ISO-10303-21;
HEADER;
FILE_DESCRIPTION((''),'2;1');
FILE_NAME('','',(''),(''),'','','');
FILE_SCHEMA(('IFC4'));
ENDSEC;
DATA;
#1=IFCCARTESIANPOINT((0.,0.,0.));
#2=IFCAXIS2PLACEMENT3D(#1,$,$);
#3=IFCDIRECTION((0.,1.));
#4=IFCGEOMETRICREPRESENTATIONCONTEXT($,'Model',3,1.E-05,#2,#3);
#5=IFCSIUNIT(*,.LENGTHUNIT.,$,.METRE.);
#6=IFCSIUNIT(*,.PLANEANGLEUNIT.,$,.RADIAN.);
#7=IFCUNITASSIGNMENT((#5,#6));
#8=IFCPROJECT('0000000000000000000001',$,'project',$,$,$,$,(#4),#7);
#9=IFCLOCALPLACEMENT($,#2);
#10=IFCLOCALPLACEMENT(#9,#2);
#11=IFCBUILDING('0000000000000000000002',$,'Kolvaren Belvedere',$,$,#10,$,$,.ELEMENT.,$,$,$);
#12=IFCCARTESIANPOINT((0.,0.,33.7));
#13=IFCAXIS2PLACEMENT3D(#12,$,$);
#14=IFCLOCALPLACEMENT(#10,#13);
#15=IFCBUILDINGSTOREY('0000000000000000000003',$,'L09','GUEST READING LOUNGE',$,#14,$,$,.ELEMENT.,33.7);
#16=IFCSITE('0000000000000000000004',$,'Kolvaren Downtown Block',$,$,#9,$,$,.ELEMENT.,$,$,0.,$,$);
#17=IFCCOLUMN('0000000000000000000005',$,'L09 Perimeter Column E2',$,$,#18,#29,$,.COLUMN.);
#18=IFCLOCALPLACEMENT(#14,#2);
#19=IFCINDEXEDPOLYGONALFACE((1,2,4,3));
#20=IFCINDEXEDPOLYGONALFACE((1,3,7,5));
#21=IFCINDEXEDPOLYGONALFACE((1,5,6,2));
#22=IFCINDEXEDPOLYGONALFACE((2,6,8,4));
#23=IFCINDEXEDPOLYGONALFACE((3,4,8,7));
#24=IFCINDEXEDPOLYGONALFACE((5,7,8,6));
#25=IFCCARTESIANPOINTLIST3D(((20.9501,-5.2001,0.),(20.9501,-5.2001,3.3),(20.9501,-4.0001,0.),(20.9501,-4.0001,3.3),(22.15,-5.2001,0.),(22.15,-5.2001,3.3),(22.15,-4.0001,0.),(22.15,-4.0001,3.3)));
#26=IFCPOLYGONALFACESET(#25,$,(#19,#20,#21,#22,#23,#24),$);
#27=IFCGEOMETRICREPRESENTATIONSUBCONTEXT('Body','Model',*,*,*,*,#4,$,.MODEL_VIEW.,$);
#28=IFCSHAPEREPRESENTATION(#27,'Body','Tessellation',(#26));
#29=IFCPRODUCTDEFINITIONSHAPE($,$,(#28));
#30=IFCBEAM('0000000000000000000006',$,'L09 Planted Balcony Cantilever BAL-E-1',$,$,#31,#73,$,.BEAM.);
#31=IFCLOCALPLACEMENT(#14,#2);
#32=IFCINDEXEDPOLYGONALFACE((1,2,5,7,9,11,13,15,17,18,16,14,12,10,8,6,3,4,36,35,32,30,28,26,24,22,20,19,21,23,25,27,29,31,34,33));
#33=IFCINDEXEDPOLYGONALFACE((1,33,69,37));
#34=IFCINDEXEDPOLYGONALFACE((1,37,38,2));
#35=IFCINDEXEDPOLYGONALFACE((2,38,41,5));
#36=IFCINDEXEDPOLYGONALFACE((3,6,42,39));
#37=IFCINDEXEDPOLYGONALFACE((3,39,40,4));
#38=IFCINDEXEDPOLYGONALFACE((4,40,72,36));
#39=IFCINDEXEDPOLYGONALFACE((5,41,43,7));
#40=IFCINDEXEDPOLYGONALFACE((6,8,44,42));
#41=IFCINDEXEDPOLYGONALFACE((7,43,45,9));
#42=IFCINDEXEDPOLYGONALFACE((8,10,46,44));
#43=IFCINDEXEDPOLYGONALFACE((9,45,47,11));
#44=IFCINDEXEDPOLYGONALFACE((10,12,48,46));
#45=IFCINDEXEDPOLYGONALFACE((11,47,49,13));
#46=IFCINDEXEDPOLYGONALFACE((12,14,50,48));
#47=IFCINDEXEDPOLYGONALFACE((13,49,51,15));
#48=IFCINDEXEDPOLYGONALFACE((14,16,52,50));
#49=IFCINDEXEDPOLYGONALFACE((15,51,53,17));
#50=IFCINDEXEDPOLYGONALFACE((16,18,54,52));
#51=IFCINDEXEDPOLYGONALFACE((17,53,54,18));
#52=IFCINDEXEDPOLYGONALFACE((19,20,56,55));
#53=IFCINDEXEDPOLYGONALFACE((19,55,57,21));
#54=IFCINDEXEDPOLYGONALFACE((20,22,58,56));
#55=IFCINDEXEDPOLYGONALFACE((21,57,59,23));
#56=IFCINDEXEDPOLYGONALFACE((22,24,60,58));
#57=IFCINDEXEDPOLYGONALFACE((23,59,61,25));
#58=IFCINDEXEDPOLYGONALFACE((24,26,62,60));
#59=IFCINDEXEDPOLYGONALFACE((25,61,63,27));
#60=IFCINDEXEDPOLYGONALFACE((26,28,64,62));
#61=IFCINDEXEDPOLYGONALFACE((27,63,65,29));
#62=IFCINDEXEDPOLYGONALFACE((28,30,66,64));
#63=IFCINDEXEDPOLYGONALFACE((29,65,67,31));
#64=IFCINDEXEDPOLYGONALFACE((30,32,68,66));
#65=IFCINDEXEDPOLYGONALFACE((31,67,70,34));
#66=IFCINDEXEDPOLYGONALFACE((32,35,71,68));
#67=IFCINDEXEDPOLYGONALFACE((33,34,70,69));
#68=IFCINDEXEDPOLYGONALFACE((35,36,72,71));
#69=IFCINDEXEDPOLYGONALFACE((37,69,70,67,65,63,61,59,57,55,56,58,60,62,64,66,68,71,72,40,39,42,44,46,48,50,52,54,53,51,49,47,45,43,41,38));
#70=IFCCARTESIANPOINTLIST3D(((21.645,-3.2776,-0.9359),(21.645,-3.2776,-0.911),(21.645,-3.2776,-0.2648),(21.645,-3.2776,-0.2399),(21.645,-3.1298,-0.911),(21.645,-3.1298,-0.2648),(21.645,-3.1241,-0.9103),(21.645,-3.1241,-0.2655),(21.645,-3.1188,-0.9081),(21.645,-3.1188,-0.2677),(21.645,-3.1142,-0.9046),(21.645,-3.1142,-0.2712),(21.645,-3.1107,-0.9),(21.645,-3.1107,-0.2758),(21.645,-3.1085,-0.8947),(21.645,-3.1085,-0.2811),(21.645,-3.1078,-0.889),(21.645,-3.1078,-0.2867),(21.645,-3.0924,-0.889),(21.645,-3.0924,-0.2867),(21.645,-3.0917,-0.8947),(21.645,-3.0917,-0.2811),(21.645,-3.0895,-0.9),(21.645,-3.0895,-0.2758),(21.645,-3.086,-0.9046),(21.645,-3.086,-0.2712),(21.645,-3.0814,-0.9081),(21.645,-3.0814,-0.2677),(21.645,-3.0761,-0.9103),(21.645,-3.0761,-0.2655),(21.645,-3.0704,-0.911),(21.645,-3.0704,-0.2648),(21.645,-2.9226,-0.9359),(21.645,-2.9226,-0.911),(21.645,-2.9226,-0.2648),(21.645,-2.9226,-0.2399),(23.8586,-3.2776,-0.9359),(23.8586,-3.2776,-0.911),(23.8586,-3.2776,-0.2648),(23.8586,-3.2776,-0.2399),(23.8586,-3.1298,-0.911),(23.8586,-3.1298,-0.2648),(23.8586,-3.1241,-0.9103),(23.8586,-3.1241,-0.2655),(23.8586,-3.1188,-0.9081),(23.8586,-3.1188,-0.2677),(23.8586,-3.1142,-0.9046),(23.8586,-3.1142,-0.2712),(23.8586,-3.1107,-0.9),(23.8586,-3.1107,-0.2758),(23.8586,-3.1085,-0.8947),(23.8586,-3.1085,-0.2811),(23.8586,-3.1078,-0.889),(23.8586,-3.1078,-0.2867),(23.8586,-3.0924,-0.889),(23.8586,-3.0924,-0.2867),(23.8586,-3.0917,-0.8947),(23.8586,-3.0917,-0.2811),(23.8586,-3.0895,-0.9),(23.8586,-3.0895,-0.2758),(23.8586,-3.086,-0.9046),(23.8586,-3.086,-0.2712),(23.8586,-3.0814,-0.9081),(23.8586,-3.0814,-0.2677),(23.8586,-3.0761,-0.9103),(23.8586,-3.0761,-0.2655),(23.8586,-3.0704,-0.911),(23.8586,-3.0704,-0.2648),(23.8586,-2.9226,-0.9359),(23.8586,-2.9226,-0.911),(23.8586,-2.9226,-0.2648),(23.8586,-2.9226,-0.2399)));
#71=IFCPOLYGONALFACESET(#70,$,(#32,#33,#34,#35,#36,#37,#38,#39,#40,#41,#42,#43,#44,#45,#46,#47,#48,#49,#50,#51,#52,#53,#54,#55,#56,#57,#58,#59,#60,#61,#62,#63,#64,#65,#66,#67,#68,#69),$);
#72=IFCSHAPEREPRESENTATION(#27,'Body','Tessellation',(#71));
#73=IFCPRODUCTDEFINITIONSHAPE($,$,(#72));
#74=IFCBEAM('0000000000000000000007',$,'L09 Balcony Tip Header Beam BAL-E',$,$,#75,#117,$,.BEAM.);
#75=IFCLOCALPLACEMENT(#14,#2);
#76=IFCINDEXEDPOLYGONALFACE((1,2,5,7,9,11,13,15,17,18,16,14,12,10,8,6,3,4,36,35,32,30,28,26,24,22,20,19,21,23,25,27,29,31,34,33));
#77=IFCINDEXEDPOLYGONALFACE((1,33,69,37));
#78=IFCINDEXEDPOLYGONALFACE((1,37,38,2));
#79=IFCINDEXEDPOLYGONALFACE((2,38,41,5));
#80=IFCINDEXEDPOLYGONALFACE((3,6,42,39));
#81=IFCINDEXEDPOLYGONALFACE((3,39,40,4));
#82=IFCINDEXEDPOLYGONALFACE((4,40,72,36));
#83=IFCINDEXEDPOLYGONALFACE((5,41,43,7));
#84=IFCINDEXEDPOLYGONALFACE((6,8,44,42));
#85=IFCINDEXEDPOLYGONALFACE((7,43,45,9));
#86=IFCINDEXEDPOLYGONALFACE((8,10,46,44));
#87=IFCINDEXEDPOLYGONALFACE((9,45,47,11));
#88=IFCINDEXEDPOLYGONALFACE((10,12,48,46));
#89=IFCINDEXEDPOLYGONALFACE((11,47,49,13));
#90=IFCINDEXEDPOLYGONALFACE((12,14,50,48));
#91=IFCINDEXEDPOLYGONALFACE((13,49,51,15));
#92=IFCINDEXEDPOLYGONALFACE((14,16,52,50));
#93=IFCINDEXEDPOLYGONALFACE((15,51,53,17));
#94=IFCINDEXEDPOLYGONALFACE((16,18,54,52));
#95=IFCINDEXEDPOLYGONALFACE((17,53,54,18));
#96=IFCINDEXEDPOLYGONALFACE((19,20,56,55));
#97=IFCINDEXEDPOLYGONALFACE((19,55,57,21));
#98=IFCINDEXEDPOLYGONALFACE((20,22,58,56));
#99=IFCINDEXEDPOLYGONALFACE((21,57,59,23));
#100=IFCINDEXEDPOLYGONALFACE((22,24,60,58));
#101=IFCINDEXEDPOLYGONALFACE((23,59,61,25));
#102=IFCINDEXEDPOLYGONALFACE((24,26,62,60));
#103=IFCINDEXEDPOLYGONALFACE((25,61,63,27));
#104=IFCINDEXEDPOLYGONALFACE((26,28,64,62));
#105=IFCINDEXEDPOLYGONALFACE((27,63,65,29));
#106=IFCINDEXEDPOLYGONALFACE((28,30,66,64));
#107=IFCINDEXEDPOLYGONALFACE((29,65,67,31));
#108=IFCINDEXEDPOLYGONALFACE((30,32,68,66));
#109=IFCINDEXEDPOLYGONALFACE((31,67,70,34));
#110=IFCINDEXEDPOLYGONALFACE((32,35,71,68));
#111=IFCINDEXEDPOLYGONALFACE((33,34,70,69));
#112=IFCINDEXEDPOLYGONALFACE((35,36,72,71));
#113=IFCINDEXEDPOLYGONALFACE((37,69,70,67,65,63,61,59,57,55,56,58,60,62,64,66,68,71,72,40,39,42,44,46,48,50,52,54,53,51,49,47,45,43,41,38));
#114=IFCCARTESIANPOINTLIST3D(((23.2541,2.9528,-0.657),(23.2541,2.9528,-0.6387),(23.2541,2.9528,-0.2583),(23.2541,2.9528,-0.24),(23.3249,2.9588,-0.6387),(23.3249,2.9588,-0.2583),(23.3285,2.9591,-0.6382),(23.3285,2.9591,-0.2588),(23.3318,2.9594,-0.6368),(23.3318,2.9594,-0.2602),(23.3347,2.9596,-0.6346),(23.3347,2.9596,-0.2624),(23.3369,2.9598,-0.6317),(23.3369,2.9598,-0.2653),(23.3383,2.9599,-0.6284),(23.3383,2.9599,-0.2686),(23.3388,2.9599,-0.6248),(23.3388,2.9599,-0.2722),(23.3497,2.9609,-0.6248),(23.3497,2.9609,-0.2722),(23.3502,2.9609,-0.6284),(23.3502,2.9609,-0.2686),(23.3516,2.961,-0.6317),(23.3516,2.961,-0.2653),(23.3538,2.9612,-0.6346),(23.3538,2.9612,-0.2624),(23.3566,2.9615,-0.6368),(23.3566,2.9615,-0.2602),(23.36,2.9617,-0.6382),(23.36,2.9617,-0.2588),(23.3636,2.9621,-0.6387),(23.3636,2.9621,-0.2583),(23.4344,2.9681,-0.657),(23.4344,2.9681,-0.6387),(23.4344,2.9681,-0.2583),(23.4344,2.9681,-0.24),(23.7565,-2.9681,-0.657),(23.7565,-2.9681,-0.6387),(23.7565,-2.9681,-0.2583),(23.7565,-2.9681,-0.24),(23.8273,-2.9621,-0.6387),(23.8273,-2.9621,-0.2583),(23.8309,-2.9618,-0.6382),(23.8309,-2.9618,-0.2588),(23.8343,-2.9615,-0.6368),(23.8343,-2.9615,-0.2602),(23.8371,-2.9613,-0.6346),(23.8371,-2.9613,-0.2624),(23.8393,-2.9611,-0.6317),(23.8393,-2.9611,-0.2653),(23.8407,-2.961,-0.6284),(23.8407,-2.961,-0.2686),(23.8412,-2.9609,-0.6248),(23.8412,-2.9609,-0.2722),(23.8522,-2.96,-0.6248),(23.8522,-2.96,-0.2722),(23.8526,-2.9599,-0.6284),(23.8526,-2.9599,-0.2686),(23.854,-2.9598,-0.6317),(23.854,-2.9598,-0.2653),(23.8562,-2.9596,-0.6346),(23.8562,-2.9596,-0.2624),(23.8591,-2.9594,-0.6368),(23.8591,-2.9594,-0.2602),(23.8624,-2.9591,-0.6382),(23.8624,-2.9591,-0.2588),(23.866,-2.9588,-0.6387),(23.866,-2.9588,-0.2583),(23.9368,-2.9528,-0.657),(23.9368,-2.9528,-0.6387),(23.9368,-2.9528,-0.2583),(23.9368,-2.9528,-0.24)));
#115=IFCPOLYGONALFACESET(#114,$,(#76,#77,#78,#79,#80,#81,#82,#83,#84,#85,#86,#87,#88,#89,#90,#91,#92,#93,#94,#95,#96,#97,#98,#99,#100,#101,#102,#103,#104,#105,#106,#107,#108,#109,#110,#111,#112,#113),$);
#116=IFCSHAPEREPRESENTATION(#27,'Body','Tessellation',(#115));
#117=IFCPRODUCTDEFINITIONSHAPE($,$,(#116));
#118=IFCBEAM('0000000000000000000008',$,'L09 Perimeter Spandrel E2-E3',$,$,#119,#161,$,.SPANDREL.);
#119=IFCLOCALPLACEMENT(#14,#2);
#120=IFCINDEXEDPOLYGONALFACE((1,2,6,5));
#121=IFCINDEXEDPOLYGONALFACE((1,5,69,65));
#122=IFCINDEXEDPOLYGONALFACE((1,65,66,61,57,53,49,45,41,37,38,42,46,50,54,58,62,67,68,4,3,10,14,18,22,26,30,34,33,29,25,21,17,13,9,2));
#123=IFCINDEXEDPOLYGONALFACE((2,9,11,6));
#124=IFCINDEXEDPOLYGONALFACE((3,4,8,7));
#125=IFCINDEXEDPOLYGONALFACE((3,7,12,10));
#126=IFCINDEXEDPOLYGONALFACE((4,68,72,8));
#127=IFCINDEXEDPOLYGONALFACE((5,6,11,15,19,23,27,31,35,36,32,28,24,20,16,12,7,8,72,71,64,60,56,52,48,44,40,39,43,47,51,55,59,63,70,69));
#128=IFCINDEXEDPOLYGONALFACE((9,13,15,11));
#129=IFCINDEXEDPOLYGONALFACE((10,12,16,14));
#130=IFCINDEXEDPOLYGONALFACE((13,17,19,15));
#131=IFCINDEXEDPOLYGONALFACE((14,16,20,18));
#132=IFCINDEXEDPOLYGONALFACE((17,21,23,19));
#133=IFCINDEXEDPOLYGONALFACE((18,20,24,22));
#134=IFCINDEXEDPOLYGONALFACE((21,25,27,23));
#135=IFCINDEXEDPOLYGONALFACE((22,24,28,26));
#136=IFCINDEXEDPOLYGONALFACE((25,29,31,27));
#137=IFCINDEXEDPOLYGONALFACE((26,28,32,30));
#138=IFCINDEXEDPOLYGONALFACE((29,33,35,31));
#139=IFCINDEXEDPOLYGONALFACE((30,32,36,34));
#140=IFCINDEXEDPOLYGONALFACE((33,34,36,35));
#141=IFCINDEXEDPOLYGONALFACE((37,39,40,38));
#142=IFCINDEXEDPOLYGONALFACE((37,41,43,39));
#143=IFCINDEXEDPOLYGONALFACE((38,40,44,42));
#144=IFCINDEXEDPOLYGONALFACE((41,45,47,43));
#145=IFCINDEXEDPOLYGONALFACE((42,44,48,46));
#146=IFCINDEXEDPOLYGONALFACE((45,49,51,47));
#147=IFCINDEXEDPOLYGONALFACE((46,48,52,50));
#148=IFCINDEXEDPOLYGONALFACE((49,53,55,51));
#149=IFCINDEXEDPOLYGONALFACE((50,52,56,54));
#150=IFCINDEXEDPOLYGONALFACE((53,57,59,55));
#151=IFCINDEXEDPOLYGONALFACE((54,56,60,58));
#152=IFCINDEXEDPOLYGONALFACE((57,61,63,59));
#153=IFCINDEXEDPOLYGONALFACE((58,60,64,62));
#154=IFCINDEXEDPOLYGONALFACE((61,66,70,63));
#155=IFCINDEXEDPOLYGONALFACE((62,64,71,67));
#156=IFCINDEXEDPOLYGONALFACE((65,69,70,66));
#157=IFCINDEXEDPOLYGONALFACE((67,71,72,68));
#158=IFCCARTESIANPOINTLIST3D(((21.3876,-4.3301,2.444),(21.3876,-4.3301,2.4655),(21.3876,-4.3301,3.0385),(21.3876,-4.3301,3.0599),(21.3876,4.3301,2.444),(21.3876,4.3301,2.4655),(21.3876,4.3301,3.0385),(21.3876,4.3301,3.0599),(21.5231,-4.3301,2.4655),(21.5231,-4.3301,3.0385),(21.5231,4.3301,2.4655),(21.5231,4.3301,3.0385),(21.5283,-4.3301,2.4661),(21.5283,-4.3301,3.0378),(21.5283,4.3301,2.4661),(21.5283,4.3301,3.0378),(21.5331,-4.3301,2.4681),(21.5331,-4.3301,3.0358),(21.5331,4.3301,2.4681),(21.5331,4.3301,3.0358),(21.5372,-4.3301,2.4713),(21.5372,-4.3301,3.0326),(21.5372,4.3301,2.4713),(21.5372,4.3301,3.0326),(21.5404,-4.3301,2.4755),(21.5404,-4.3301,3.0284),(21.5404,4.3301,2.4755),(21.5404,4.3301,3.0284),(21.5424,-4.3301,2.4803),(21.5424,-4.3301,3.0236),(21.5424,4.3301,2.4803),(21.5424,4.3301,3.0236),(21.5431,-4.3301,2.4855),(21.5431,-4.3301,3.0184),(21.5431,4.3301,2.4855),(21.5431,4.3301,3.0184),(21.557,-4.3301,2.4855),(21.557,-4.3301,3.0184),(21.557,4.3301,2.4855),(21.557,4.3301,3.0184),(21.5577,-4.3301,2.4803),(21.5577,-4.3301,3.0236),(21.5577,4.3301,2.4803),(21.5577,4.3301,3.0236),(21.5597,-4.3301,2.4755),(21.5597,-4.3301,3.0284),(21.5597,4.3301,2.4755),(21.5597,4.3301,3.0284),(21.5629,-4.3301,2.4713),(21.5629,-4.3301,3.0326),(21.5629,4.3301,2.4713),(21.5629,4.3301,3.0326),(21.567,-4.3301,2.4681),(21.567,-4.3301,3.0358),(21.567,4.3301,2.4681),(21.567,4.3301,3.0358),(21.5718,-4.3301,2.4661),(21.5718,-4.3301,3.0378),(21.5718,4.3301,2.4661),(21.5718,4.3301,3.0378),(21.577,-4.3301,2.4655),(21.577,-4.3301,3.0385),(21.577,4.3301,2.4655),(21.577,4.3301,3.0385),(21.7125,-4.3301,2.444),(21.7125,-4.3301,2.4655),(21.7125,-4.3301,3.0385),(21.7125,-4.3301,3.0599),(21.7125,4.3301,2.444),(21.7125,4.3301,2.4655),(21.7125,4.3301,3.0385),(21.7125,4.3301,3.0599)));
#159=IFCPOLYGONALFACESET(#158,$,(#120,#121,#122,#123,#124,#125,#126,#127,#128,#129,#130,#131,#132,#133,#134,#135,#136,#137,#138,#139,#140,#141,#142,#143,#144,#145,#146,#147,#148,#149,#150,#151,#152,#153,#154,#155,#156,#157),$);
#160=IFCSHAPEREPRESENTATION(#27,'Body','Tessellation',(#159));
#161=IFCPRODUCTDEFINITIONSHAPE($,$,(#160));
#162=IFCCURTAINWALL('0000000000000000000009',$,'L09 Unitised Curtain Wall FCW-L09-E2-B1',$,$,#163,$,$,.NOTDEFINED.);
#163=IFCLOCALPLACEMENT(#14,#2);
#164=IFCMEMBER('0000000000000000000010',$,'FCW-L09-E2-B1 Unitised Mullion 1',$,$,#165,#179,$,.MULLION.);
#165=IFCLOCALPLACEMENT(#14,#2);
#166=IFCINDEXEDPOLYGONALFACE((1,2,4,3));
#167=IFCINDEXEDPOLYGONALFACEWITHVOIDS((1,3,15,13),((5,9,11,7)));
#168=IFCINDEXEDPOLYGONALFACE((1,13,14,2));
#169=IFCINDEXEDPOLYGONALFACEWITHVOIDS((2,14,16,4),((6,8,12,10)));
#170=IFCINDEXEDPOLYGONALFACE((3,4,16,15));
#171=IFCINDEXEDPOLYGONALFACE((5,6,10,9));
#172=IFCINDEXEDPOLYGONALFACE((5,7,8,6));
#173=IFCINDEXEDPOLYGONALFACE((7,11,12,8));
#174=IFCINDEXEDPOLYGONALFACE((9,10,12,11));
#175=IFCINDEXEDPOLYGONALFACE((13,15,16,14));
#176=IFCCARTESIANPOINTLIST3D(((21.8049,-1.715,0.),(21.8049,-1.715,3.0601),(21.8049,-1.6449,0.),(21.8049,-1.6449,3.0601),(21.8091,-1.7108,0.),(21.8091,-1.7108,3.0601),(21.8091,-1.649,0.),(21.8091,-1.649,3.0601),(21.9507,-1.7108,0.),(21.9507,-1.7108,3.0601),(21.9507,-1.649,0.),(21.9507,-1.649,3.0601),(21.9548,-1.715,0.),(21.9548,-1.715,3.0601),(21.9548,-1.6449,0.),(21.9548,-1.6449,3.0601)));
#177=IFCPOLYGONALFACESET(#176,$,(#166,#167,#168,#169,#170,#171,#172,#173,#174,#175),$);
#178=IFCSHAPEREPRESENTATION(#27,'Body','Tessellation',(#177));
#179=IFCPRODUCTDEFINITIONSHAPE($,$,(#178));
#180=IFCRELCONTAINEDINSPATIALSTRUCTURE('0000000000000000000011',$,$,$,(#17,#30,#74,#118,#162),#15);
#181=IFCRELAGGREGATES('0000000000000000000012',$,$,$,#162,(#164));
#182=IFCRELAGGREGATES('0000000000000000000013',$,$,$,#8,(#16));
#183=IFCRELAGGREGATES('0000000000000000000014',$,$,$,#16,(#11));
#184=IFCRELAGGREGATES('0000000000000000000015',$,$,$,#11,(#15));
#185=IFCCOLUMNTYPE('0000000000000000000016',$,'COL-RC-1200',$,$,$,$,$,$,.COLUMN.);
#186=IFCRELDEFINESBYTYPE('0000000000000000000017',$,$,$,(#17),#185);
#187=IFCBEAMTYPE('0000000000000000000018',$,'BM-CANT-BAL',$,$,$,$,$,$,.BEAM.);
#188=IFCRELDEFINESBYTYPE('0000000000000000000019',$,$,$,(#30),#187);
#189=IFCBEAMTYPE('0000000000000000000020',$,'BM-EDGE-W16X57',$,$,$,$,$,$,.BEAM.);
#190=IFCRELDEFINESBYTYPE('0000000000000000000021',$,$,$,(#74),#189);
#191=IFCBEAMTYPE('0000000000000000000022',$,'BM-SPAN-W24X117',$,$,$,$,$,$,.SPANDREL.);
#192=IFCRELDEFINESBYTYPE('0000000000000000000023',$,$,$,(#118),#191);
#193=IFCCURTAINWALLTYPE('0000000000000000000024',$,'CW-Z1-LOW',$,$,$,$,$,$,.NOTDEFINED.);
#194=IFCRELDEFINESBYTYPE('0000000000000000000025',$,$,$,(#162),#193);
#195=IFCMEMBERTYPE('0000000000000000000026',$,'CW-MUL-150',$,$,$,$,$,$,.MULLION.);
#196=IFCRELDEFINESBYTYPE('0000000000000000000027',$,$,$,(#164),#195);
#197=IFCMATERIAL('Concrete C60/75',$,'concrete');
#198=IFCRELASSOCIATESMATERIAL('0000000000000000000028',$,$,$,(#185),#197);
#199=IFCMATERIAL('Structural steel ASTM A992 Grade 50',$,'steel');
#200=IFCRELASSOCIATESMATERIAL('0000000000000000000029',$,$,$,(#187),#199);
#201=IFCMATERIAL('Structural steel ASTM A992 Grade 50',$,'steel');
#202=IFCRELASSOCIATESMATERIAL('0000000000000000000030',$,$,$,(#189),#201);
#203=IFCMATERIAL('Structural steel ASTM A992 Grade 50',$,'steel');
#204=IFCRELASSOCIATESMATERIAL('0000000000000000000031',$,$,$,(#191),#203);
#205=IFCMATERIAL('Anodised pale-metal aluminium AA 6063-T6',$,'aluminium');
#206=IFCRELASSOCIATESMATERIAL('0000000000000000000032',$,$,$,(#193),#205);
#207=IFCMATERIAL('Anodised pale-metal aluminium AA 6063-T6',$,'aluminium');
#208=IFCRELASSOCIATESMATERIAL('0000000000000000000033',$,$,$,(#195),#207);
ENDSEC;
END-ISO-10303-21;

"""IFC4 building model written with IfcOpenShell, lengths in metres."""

from ifc_helpers import new_model, si_unit, direction, frame, origin, origin_2d, place, context, subcontext, project, spatial, rectangle, hollow_rectangle, i_section, extrude, material, material_profile, profile_set, type_object, element, aggregate, save


model = new_model("IFC4")

# Units and contexts
model_context = context("Model", 3, precision=1e-05, world=origin(), true_north=direction((0.0, 1.0)))
body_context = subcontext(model_context, "Body", "Model", "MODEL_VIEW")
ifc_project = project(units=[si_unit("LENGTHUNIT", "METRE"), si_unit("PLANEANGLEUNIT", "RADIAN")], contexts=[model_context])

# Site, building, storey
site_placement = place(None, origin())
site = spatial("IfcSite", under=ifc_project, at=site_placement, Name="Kolvaren Downtown Block", CompositionType="ELEMENT", RefElevation=0.0)
building_placement = place(site_placement, origin())
building = spatial("IfcBuilding", under=site, at=building_placement, Name="Kolvaren Belvedere", CompositionType="ELEMENT")
storey_placement = place(building_placement, frame((0.0, 0.0, 33.7)))
storey = spatial("IfcBuildingStorey", under=building, at=storey_placement, Name="L09", Description="GUEST READING LOUNGE", CompositionType="ELEMENT", Elevation=33.7)

# Column
ifc_material_1 = material(Name="Concrete C60/75", Category="concrete")
ifc_material_profile_1 = material_profile(ifc_material_1, rectangle(XDim=1.2, YDim=1.2, at=origin_2d()), Name="RC 1200X1200")
ifc_profile_set_1 = profile_set([ifc_material_profile_1], Name="Concrete C60/75")
column_type = type_object("IfcColumnType", Name="COL-RC-1200", PredefinedType="COLUMN", material=ifc_profile_set_1)
column_placement = place(storey_placement, frame((21.55, -4.6001, 0.0), z_axis=(0.0, 0.0, 1.0), x_axis=(1.0, 0.0, 0.0)))
element("IfcColumn", 1, at=column_placement, inside=storey, type_object=column_type, Name="L09 Perimeter Column E2", PredefinedType="COLUMN", context=body_context, shape_type="SweptSolid", body=[
    extrude(rectangle(XDim=1.2, YDim=1.2, at=origin_2d()), origin(), (0.0, 0.0, 1.0), 3.3),
])

# Beams
ifc_material_2 = material(Name="Structural steel ASTM A992 Grade 50", Category="steel")
ifc_material_profile_2 = material_profile(ifc_material_2, i_section(OverallWidth=0.355, OverallDepth=0.696, WebThickness=0.0154, FlangeThickness=0.0249, FilletRadius=0.022, at=origin_2d()), Name="W27X146")
ifc_profile_set_2 = profile_set([ifc_material_profile_2], Name="Structural steel ASTM A992 Grade 50")
beam_type_1 = type_object("IfcBeamType", Name="BM-CANT-BAL", PredefinedType="BEAM", material=ifc_profile_set_2)
beam_1_placement = place(storey_placement, frame((21.645, -3.1001, -0.5879), z_axis=(1.0, 0.0, 0.0), x_axis=(0.0, 1.0, 0.0)))
element("IfcBeam", 2, at=beam_1_placement, inside=storey, type_object=beam_type_1, Name="L09 Planted Balcony Cantilever BAL-E-1", PredefinedType="BEAM", context=body_context, shape_type="SweptSolid", body=[
    extrude(i_section(OverallWidth=0.355, OverallDepth=0.696, WebThickness=0.0154, FlangeThickness=0.0249, FilletRadius=0.022, at=origin_2d()), origin(), (0.0, 0.0, 1.0), 2.2136),
])
ifc_material_3 = material(Name="Structural steel ASTM A992 Grade 50", Category="steel")
ifc_material_profile_3 = material_profile(ifc_material_3, i_section(OverallWidth=0.1809, OverallDepth=0.417, WebThickness=0.011, FlangeThickness=0.0183, FilletRadius=0.0139, at=origin_2d()), Name="W16X57")
ifc_profile_set_3 = profile_set([ifc_material_profile_3], Name="Structural steel ASTM A992 Grade 50")
beam_type_2 = type_object("IfcBeamType", Name="BM-EDGE-W16X57", PredefinedType="BEAM", material=ifc_profile_set_3)
beam_2_placement = place(storey_placement, frame((23.8467, -2.9604, -0.4485), z_axis=(-0.084555, 0.996419, 0.0), x_axis=(-0.996419, -0.084555, 0.0)))
element("IfcBeam", 3, at=beam_2_placement, inside=storey, type_object=beam_type_2, Name="L09 Balcony Tip Header Beam BAL-E", PredefinedType="BEAM", context=body_context, shape_type="SweptSolid", body=[
    extrude(i_section(OverallWidth=0.1809, OverallDepth=0.417, WebThickness=0.011, FlangeThickness=0.0183, FilletRadius=0.0139, at=origin_2d()), origin(), (0.0, 0.0, 1.0), 5.9421),
])
ifc_material_4 = material(Name="Structural steel ASTM A992 Grade 50", Category="steel")
ifc_material_profile_4 = material_profile(ifc_material_4, i_section(OverallWidth=0.325, OverallDepth=0.616, WebThickness=0.0139, FlangeThickness=0.0215, FilletRadius=0.02, at=origin_2d()), Name="W24X117")
ifc_profile_set_4 = profile_set([ifc_material_profile_4], Name="Structural steel ASTM A992 Grade 50")
beam_type_3 = type_object("IfcBeamType", Name="BM-SPAN-W24X117", PredefinedType="SPANDREL", material=ifc_profile_set_4)
beam_3_placement = place(storey_placement, frame((21.55, -4.3301, 2.752), z_axis=(0.0, 1.0, 0.0), x_axis=(-1.0, 0.0, 0.0)))
element("IfcBeam", 4, at=beam_3_placement, inside=storey, type_object=beam_type_3, Name="L09 Perimeter Spandrel E2-E3", PredefinedType="SPANDREL", context=body_context, shape_type="SweptSolid", body=[
    extrude(i_section(OverallWidth=0.325, OverallDepth=0.616, WebThickness=0.0139, FlangeThickness=0.0215, FilletRadius=0.02, at=origin_2d()), origin(), (0.0, 0.0, 1.0), 8.6602),
])

# Curtain wall, member
ifc_material_5 = material(Name="Anodised pale-metal aluminium AA 6063-T6", Category="aluminium")
curtain_wall_type = type_object("IfcCurtainWallType", Name="CW-Z1-LOW", PredefinedType="NOTDEFINED", material=ifc_material_5)
curtain_wall_1_placement = place(storey_placement, origin())
curtain_wall_1 = element("IfcCurtainWall", 5, at=curtain_wall_1_placement, inside=storey, type_object=curtain_wall_type, Name="L09 Unitised Curtain Wall FCW-L09-E2-B1", PredefinedType="NOTDEFINED")
ifc_material_6 = material(Name="Anodised pale-metal aluminium AA 6063-T6", Category="aluminium")
ifc_material_profile_5 = material_profile(ifc_material_6, hollow_rectangle(XDim=0.0701, YDim=0.1499, WallThickness=0.0042, at=origin_2d()), Name="ALU-MUL-150X70")
ifc_profile_set_5 = profile_set([ifc_material_profile_5], Name="Anodised pale-metal aluminium AA 6063-T6")
member_type_1 = type_object("IfcMemberType", Name="CW-MUL-150", PredefinedType="MULLION", material=ifc_profile_set_5)
member_1_placement = place(storey_placement, frame((21.8799, -1.6799, 0.0), z_axis=(0.0, 0.0, 1.0), x_axis=(0.0, 1.0, 0.0)))
member_1 = element("IfcMember", 6, at=member_1_placement, type_object=member_type_1, Name="FCW-L09-E2-B1 Unitised Mullion 1", PredefinedType="MULLION", context=body_context, shape_type="SweptSolid", body=[
    extrude(hollow_rectangle(XDim=0.0701, YDim=0.1499, WallThickness=0.0042, at=origin_2d()), origin(), (0.0, 0.0, 1.0), 3.0601),
])

aggregate(curtain_wall_1, [member_1])

save(model, "model.ifc")
